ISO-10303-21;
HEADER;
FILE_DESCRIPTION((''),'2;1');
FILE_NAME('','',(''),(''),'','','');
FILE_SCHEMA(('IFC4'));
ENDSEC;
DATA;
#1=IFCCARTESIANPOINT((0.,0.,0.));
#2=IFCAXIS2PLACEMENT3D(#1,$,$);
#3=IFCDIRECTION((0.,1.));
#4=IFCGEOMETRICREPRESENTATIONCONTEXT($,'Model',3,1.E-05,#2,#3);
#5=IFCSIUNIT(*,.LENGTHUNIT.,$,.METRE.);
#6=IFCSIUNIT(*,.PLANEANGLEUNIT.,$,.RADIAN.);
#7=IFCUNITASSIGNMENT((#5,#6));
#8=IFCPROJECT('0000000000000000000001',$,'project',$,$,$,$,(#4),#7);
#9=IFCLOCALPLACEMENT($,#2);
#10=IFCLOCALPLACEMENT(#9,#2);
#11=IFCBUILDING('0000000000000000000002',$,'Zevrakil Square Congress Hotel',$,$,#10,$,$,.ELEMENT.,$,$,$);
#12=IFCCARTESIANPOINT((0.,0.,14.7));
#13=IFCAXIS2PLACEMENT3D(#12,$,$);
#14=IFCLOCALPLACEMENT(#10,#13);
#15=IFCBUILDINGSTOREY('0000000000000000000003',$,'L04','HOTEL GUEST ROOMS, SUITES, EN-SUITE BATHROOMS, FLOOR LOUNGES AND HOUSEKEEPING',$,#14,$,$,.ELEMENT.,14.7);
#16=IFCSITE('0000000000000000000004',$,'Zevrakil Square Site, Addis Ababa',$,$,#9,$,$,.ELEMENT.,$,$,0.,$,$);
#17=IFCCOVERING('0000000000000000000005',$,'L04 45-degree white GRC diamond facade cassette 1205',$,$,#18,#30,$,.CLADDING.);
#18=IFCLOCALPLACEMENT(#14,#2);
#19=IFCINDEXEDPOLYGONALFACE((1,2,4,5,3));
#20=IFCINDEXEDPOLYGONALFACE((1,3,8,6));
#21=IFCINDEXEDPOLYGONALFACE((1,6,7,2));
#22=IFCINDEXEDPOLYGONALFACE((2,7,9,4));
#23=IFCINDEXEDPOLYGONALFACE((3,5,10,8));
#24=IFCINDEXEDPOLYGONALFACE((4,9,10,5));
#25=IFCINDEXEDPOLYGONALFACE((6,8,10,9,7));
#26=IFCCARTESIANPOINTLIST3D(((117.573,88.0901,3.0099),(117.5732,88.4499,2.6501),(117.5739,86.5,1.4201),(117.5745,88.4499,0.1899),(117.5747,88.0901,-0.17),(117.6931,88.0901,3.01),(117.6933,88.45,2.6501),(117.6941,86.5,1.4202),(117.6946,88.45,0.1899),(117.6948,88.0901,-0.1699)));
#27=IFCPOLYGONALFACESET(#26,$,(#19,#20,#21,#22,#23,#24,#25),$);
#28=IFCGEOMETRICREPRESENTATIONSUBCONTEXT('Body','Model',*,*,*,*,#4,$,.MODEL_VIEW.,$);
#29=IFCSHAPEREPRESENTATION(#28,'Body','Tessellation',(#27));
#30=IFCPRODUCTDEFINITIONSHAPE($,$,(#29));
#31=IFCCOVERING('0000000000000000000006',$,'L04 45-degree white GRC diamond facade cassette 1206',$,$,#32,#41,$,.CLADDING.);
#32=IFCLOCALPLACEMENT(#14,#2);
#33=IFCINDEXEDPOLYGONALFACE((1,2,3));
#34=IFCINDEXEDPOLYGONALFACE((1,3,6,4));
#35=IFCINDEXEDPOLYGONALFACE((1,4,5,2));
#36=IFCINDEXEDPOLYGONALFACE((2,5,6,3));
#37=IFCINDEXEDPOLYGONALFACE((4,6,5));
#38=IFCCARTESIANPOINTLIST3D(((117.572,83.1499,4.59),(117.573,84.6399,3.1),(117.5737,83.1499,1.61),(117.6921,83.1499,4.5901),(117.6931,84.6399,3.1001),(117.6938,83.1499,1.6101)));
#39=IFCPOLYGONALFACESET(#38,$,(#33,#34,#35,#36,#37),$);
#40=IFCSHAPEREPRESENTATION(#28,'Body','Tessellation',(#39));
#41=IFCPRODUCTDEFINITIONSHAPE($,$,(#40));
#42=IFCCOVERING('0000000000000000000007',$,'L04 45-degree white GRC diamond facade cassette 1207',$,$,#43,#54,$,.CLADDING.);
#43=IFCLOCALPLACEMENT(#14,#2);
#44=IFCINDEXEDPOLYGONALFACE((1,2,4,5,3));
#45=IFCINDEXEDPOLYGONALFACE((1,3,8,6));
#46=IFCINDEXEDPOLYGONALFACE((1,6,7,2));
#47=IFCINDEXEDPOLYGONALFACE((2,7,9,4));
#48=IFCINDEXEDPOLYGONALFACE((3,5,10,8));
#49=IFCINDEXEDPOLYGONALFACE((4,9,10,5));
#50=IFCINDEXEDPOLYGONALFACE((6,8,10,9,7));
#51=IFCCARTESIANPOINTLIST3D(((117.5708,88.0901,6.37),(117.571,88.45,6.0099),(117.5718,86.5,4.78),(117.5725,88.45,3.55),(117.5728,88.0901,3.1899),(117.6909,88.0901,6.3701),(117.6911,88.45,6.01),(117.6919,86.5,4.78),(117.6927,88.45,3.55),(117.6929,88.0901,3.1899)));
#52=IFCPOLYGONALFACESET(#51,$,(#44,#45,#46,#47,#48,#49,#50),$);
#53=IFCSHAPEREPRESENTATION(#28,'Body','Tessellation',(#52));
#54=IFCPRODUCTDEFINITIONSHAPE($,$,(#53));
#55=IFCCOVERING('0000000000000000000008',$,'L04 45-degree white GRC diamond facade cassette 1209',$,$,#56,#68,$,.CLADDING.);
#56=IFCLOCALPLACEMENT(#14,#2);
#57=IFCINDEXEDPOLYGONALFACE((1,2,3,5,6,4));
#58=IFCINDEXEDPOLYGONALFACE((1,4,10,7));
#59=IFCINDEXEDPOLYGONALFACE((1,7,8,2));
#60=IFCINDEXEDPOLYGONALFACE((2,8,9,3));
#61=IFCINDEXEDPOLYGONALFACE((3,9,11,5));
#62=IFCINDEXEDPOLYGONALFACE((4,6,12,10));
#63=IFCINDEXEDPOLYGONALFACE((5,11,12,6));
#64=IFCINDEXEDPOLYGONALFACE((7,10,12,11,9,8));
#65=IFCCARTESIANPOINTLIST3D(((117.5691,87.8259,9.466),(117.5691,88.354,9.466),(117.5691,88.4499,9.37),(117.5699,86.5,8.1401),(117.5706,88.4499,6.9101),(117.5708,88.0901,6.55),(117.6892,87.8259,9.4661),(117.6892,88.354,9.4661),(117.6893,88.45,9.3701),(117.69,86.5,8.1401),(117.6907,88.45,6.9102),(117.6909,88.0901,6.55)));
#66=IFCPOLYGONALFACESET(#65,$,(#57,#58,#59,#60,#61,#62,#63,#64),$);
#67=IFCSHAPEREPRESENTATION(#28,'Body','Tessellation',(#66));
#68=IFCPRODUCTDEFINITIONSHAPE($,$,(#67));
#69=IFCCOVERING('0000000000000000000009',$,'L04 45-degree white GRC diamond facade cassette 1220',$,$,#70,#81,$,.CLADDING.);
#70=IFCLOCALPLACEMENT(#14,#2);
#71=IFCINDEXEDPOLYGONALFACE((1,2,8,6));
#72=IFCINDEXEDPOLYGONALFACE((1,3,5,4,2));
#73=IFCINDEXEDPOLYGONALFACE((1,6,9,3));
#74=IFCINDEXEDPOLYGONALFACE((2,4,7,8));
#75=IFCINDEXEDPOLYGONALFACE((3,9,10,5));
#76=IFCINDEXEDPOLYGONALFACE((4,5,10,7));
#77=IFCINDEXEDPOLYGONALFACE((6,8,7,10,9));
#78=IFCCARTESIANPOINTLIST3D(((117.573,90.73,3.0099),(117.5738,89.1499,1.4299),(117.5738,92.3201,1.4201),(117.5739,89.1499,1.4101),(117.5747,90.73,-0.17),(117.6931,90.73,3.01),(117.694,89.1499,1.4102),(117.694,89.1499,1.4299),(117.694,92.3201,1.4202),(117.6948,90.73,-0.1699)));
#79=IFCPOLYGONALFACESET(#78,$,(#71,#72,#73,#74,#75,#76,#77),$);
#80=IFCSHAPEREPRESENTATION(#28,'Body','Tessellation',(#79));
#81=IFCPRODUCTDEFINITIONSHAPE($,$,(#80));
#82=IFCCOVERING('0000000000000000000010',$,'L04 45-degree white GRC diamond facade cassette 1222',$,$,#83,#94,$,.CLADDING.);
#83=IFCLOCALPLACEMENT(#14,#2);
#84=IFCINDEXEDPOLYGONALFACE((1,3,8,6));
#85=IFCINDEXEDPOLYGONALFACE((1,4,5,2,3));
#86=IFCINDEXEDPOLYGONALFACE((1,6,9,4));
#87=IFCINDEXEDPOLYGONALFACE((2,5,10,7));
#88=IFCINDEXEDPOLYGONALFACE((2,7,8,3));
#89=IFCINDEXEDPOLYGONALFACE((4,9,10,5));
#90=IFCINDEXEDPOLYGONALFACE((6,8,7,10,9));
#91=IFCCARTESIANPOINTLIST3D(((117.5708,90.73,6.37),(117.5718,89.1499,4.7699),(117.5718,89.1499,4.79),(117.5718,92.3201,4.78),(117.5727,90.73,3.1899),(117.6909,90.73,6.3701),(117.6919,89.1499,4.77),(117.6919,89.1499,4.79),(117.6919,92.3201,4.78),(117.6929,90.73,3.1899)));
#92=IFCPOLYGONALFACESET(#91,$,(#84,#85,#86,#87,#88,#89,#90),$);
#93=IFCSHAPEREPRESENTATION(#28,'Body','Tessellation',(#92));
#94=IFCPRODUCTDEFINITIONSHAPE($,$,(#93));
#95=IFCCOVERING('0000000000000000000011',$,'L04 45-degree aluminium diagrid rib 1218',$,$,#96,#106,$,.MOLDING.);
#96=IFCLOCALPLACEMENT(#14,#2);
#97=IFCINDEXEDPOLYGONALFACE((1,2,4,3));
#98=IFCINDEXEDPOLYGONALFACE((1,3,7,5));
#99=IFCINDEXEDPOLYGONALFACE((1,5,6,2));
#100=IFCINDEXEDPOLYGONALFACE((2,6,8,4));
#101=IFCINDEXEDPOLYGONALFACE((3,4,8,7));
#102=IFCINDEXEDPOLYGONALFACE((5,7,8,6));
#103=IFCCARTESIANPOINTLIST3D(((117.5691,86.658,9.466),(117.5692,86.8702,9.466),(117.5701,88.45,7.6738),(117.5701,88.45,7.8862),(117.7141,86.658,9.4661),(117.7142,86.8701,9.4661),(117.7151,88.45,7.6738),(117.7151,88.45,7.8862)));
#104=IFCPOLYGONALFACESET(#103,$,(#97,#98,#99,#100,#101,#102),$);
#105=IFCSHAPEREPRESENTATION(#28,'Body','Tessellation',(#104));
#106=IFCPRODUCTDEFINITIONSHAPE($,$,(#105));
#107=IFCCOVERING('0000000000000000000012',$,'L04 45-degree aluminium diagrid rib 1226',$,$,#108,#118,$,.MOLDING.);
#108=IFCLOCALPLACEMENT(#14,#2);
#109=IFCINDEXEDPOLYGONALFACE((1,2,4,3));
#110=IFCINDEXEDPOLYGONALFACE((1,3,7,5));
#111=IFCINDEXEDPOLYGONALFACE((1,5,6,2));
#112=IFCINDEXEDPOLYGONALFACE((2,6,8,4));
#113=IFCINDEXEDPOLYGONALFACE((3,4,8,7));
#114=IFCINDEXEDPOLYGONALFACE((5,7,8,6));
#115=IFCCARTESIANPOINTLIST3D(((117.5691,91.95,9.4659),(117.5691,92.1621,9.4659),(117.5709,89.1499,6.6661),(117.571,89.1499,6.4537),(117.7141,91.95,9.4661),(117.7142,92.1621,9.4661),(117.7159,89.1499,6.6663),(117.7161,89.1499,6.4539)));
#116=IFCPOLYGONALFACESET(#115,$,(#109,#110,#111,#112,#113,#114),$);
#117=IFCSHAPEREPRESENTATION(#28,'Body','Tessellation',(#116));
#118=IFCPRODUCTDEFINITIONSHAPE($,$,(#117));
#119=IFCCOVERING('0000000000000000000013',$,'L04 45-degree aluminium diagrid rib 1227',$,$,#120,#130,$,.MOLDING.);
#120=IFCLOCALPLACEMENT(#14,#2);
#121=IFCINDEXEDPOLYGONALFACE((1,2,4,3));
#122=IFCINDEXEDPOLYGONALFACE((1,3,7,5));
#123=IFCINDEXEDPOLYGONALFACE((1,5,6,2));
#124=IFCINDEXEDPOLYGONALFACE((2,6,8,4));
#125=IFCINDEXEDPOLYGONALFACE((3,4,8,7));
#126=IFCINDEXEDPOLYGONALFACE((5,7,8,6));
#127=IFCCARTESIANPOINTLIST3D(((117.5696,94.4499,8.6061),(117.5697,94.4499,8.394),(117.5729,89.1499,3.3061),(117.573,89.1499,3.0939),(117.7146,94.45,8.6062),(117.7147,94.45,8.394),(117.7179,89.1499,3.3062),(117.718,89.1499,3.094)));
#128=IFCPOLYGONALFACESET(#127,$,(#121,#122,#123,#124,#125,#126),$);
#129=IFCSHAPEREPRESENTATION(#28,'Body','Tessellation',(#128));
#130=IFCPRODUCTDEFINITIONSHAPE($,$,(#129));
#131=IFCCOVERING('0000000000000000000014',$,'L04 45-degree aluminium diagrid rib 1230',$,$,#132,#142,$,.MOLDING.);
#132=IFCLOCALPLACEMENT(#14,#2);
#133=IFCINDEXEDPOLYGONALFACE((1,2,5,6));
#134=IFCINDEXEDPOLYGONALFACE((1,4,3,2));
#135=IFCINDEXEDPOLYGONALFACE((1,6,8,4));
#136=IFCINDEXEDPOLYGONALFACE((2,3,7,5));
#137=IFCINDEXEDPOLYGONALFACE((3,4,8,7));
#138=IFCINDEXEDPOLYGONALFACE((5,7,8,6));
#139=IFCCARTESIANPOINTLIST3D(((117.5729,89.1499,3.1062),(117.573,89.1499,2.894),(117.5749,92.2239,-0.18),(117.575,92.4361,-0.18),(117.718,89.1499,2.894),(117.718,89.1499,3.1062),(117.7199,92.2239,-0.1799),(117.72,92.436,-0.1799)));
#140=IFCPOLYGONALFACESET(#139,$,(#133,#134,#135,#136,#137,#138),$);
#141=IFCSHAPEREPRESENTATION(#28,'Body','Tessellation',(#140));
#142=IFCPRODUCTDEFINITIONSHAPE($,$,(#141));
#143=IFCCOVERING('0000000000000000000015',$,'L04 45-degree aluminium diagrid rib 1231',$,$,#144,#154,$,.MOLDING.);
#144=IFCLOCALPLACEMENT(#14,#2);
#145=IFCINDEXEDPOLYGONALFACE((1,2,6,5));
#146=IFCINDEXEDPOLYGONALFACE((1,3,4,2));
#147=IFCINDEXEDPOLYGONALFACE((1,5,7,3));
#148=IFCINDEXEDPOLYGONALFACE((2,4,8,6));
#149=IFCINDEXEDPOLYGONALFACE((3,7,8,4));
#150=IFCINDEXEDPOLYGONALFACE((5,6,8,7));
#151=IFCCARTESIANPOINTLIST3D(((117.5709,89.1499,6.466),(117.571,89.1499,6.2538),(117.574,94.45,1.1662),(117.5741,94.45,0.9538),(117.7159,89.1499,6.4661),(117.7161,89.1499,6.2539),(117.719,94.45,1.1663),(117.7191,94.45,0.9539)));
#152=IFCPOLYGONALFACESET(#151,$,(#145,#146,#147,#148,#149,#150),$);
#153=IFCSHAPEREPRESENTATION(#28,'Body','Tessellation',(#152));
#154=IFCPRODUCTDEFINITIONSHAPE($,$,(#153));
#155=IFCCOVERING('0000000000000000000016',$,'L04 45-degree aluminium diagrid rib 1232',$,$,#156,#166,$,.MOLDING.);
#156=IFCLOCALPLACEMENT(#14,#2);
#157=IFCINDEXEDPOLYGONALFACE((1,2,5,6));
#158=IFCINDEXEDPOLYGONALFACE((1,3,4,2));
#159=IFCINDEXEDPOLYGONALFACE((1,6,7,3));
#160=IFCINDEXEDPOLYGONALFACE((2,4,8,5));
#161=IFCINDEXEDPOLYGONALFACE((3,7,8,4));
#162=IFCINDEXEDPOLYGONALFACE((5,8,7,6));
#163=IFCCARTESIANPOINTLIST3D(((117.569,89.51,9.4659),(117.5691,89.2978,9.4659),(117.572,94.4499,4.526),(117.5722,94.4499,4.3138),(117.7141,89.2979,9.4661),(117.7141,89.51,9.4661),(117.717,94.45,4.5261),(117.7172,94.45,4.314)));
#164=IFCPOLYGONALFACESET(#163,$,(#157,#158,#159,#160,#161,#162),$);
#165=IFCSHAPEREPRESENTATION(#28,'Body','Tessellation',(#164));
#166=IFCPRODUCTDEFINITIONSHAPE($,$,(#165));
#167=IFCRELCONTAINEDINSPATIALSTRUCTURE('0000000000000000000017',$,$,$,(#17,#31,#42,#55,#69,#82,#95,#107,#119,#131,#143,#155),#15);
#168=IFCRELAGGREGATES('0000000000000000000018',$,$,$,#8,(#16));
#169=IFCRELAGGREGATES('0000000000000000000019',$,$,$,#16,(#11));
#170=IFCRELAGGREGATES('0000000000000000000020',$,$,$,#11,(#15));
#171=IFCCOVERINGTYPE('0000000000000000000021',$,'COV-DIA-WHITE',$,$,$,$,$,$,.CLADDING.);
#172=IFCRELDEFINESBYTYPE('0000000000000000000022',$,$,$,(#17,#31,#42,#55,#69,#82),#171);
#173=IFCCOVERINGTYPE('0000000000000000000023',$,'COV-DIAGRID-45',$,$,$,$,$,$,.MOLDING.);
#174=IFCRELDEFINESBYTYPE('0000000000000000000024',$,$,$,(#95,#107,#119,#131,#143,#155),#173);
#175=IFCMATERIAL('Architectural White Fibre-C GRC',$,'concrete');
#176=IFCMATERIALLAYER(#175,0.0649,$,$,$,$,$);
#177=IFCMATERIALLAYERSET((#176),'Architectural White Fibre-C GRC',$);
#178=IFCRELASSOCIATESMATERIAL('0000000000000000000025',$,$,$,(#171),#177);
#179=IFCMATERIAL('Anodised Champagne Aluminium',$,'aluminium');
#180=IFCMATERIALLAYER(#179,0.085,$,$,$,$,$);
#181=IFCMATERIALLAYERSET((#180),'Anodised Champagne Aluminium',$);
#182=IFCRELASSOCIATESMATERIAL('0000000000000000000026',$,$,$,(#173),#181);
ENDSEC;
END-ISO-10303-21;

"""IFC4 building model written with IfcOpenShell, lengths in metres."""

from ifc_helpers import new_model, si_unit, direction, frame, origin, place, context, subcontext, project, spatial, polyline, outline, extrude, material, layer, layer_set, type_object, element, save


model = new_model("IFC4")

# Units and contexts
model_context = context("Model", 3, precision=1e-05, world=origin(), true_north=direction((0.0, 1.0)))
body_context = subcontext(model_context, "Body", "Model", "MODEL_VIEW")
ifc_project = project(units=[si_unit("LENGTHUNIT", "METRE"), si_unit("PLANEANGLEUNIT", "RADIAN")], contexts=[model_context])

# Site, building, storey
site_placement = place(None, origin())
site = spatial("IfcSite", under=ifc_project, at=site_placement, Name="Zevrakil Square Site, Addis Ababa", CompositionType="ELEMENT", RefElevation=0.0)
building_placement = place(site_placement, origin())
building = spatial("IfcBuilding", under=site, at=building_placement, Name="Zevrakil Square Congress Hotel", CompositionType="ELEMENT")
storey_placement = place(building_placement, frame((0.0, 0.0, 14.7)))
storey = spatial("IfcBuildingStorey", under=building, at=storey_placement, Name="L04", Description="HOTEL GUEST ROOMS, SUITES, EN-SUITE BATHROOMS, FLOOR LOUNGES AND HOUSEKEEPING", CompositionType="ELEMENT", Elevation=14.7)

# Coverings
ifc_material_1 = material(Name="Architectural White Fibre-C GRC", Category="concrete")
ifc_layer_1 = layer(ifc_material_1, 0.0649)
ifc_layer_set_1 = layer_set([ifc_layer_1], Name="Architectural White Fibre-C GRC")
covering_type_1 = type_object("IfcCoveringType", Name="COV-DIA-WHITE", PredefinedType="CLADDING", material=ifc_layer_set_1)
covering_1_placement = place(storey_placement, frame((117.6948, 88.0901, -0.1699), z_axis=(1.0, 0.000055, 0.000532), x_axis=(-0.000338, -0.707107, 0.707107)))
element("IfcCovering", 1, at=covering_1_placement, inside=storey, type_object=covering_type_1, Name="L04 45-degree white GRC diamond facade cassette 1205", PredefinedType="CLADDING", context=body_context, shape_type="SweptSolid", body=[
    extrude(outline(polyline([(0.0, 0.0), (2.2487, 0.0), (2.2486, -2.2486), (1.7396, -2.2486), (0.0, -0.5089), (0.0, 0.0)])), origin(), (0.0, 0.0, -1.0), 0.1201),
])
covering_2_placement = place(storey_placement, frame((117.6931, 84.6399, 3.1001), z_axis=(1.0, -0.000082, 0.000573), x_axis=(0.000348, -0.707107, -0.707107)))
element("IfcCovering", 2, at=covering_2_placement, inside=storey, type_object=covering_type_1, Name="L04 45-degree white GRC diamond facade cassette 1206", PredefinedType="CLADDING", context=body_context, shape_type="SweptSolid", body=[
    extrude(outline(polyline([(0.0, 0.0), (2.1072, 0.0), (0.0, -2.1072), (0.0, 0.0)])), origin(), (0.0, 0.0, -1.0), 0.1201),
])
covering_3_placement = place(storey_placement, frame((117.6929, 88.0901, 3.1899), z_axis=(1.0, 0.0, 0.000612), x_axis=(-0.000433, -0.707107, 0.707107)))
element("IfcCovering", 3, at=covering_3_placement, inside=storey, type_object=covering_type_1, Name="L04 45-degree white GRC diamond facade cassette 1207", PredefinedType="CLADDING", context=body_context, shape_type="SweptSolid", body=[
    extrude(outline(polyline([(0.0, 0.0), (2.2487, 0.0), (2.2487, -2.2487), (1.7396, -2.2486), (0.0002, -0.5091), (0.0, 0.0)])), origin(), (0.0, 0.0, -1.0), 0.1201),
])
covering_4_placement = place(storey_placement, frame((117.6909, 88.0901, 6.55), z_axis=(1.0, 0.000015, 0.000583), x_axis=(-0.000402, -0.707107, 0.707107)))
element("IfcCovering", 4, at=covering_4_placement, inside=storey, type_object=covering_type_1, Name="L04 45-degree white GRC diamond facade cassette 1209", PredefinedType="CLADDING", context=body_context, shape_type="SweptSolid", body=[
    extrude(outline(polyline([(0.0, 0.0), (2.2487, 0.0), (2.2487, -1.8751), (1.8753, -2.2486), (1.7396, -2.2486), (0.0002, -0.5091), (0.0, 0.0)])), origin(), (0.0, 0.0, -1.0), 0.1201),
])
covering_5_placement = place(storey_placement, frame((117.6931, 90.73, 3.01), z_axis=(1.0, 0.0, 0.000536), x_axis=(0.000379, 0.707161, -0.707052)))
element("IfcCovering", 5, at=covering_5_placement, inside=storey, type_object=covering_type_1, Name="L04 45-degree white GRC diamond facade cassette 1220", PredefinedType="CLADDING", context=body_context, shape_type="SweptSolid", body=[
    extrude(outline(polyline([(0.0, 0.0), (2.2486, 0.0), (2.2484, -2.2487), (0.0138, -2.2486), (-0.0002, -2.2346), (0.0, 0.0)])), origin(), (0.0, 0.0, -1.0), 0.1201),
])
covering_6_placement = place(storey_placement, frame((117.6909, 90.73, 6.3701), z_axis=(1.0, 0.0, 0.000612), x_axis=(0.000433, 0.707107, -0.707107)))
element("IfcCovering", 6, at=covering_6_placement, inside=storey, type_object=covering_type_1, Name="L04 45-degree white GRC diamond facade cassette 1222", PredefinedType="CLADDING", context=body_context, shape_type="SweptSolid", body=[
    extrude(outline(polyline([(0.0, 0.0), (2.2487, 0.0), (2.2487, -2.2487), (0.0142, -2.2487), (0.0, -2.2346), (0.0, 0.0)])), origin(), (0.0, 0.0, -1.0), 0.1201),
])
ifc_material_2 = material(Name="Anodised Champagne Aluminium", Category="aluminium")
ifc_layer_2 = layer(ifc_material_2, 0.085)
ifc_layer_set_2 = layer_set([ifc_layer_2], Name="Anodised Champagne Aluminium")
covering_type_2 = type_object("IfcCoveringType", Name="COV-DIAGRID-45", PredefinedType="MOLDING", material=ifc_layer_set_2)
covering_7_placement = place(storey_placement, frame((117.7141, 86.658, 9.4661), z_axis=(1.0, -0.00029, 0.000289), x_axis=(0.00029, 1.0, 0.0)))
element("IfcCovering", 7, at=covering_7_placement, inside=storey, type_object=covering_type_2, Name="L04 45-degree aluminium diagrid rib 1218", PredefinedType="MOLDING", context=body_context, shape_type="SweptSolid", body=[
    extrude(outline(polyline([(0.0, 0.0), (0.2122, 0.0), (1.792, -1.5798), (1.792, -1.7922), (0.0, 0.0)])), origin(), (0.0, 0.0, -1.0), 0.145),
])
covering_8_placement = place(storey_placement, frame((117.7161, 89.1499, 6.4539), z_axis=(1.0, -0.00026, 0.00089), x_axis=(-0.00089, 0.0, 1.0)))
element("IfcCovering", 8, at=covering_8_placement, inside=storey, type_object=covering_type_2, Name="L04 45-degree aluminium diagrid rib 1226", PredefinedType="MOLDING", context=body_context, shape_type="SweptSolid", body=[
    extrude(outline(polyline([(0.0, 0.0), (0.2124, 0.0), (3.0122, -2.8), (3.0122, -3.0122), (0.0, 0.0)])), origin(), (0.0, 0.0, -1.0), 0.145),
])
covering_9_placement = place(storey_placement, frame((117.718, 89.1499, 3.094), z_axis=(1.0, 0.000046, 0.000575), x_axis=(-0.000575, 0.0, 1.0)))
element("IfcCovering", 9, at=covering_9_placement, inside=storey, type_object=covering_type_2, Name="L04 45-degree aluminium diagrid rib 1227", PredefinedType="MOLDING", context=body_context, shape_type="SweptSolid", body=[
    extrude(outline(polyline([(0.0, 0.0), (0.2122, 0.0), (5.5122, -5.3), (5.3, -5.3), (0.0, 0.0)])), origin(), (0.0, 0.0, -1.0), 0.145),
])
covering_10_placement = place(storey_placement, frame((117.718, 89.1499, 2.894), z_axis=(1.0, -0.000307, 0.000307), x_axis=(-0.000307, 0.0, 1.0)))
element("IfcCovering", 10, at=covering_10_placement, inside=storey, type_object=covering_type_2, Name="L04 45-degree aluminium diagrid rib 1230", PredefinedType="MOLDING", context=body_context, shape_type="SweptSolid", body=[
    extrude(outline(polyline([(0.0, 0.0), (0.2122, 0.0), (-3.074, -3.2861), (-3.074, -3.074), (0.0, 0.0)])), origin(), (0.0, 0.0, -1.0), 0.145),
])
covering_11_placement = place(storey_placement, frame((117.7161, 89.1499, 6.2539), z_axis=(1.0, -0.000001, 0.000575), x_axis=(-0.000575, 0.0, 1.0)))
element("IfcCovering", 11, at=covering_11_placement, inside=storey, type_object=covering_type_2, Name="L04 45-degree aluminium diagrid rib 1231", PredefinedType="MOLDING", context=body_context, shape_type="SweptSolid", body=[
    extrude(outline(polyline([(0.0, 0.0), (0.2122, 0.0), (-5.0876, -5.3), (-5.3, -5.3), (0.0, 0.0)])), origin(), (0.0, 0.0, -1.0), 0.145),
])
covering_12_placement = place(storey_placement, frame((117.7141, 89.2979, 9.4661), z_axis=(1.0, 0.000273, 0.000878), x_axis=(-0.000273, 1.0, 0.0)))
element("IfcCovering", 12, at=covering_12_placement, inside=storey, type_object=covering_type_2, Name="L04 45-degree aluminium diagrid rib 1232", PredefinedType="MOLDING", context=body_context, shape_type="SweptSolid", body=[
    extrude(outline(polyline([(0.0, 0.0), (0.2122, 0.0), (5.1521, -4.9399), (5.1521, -5.1521), (0.0, 0.0)])), origin(), (0.0, 0.0, -1.0), 0.145),
])

save(model, "model.ifc")
